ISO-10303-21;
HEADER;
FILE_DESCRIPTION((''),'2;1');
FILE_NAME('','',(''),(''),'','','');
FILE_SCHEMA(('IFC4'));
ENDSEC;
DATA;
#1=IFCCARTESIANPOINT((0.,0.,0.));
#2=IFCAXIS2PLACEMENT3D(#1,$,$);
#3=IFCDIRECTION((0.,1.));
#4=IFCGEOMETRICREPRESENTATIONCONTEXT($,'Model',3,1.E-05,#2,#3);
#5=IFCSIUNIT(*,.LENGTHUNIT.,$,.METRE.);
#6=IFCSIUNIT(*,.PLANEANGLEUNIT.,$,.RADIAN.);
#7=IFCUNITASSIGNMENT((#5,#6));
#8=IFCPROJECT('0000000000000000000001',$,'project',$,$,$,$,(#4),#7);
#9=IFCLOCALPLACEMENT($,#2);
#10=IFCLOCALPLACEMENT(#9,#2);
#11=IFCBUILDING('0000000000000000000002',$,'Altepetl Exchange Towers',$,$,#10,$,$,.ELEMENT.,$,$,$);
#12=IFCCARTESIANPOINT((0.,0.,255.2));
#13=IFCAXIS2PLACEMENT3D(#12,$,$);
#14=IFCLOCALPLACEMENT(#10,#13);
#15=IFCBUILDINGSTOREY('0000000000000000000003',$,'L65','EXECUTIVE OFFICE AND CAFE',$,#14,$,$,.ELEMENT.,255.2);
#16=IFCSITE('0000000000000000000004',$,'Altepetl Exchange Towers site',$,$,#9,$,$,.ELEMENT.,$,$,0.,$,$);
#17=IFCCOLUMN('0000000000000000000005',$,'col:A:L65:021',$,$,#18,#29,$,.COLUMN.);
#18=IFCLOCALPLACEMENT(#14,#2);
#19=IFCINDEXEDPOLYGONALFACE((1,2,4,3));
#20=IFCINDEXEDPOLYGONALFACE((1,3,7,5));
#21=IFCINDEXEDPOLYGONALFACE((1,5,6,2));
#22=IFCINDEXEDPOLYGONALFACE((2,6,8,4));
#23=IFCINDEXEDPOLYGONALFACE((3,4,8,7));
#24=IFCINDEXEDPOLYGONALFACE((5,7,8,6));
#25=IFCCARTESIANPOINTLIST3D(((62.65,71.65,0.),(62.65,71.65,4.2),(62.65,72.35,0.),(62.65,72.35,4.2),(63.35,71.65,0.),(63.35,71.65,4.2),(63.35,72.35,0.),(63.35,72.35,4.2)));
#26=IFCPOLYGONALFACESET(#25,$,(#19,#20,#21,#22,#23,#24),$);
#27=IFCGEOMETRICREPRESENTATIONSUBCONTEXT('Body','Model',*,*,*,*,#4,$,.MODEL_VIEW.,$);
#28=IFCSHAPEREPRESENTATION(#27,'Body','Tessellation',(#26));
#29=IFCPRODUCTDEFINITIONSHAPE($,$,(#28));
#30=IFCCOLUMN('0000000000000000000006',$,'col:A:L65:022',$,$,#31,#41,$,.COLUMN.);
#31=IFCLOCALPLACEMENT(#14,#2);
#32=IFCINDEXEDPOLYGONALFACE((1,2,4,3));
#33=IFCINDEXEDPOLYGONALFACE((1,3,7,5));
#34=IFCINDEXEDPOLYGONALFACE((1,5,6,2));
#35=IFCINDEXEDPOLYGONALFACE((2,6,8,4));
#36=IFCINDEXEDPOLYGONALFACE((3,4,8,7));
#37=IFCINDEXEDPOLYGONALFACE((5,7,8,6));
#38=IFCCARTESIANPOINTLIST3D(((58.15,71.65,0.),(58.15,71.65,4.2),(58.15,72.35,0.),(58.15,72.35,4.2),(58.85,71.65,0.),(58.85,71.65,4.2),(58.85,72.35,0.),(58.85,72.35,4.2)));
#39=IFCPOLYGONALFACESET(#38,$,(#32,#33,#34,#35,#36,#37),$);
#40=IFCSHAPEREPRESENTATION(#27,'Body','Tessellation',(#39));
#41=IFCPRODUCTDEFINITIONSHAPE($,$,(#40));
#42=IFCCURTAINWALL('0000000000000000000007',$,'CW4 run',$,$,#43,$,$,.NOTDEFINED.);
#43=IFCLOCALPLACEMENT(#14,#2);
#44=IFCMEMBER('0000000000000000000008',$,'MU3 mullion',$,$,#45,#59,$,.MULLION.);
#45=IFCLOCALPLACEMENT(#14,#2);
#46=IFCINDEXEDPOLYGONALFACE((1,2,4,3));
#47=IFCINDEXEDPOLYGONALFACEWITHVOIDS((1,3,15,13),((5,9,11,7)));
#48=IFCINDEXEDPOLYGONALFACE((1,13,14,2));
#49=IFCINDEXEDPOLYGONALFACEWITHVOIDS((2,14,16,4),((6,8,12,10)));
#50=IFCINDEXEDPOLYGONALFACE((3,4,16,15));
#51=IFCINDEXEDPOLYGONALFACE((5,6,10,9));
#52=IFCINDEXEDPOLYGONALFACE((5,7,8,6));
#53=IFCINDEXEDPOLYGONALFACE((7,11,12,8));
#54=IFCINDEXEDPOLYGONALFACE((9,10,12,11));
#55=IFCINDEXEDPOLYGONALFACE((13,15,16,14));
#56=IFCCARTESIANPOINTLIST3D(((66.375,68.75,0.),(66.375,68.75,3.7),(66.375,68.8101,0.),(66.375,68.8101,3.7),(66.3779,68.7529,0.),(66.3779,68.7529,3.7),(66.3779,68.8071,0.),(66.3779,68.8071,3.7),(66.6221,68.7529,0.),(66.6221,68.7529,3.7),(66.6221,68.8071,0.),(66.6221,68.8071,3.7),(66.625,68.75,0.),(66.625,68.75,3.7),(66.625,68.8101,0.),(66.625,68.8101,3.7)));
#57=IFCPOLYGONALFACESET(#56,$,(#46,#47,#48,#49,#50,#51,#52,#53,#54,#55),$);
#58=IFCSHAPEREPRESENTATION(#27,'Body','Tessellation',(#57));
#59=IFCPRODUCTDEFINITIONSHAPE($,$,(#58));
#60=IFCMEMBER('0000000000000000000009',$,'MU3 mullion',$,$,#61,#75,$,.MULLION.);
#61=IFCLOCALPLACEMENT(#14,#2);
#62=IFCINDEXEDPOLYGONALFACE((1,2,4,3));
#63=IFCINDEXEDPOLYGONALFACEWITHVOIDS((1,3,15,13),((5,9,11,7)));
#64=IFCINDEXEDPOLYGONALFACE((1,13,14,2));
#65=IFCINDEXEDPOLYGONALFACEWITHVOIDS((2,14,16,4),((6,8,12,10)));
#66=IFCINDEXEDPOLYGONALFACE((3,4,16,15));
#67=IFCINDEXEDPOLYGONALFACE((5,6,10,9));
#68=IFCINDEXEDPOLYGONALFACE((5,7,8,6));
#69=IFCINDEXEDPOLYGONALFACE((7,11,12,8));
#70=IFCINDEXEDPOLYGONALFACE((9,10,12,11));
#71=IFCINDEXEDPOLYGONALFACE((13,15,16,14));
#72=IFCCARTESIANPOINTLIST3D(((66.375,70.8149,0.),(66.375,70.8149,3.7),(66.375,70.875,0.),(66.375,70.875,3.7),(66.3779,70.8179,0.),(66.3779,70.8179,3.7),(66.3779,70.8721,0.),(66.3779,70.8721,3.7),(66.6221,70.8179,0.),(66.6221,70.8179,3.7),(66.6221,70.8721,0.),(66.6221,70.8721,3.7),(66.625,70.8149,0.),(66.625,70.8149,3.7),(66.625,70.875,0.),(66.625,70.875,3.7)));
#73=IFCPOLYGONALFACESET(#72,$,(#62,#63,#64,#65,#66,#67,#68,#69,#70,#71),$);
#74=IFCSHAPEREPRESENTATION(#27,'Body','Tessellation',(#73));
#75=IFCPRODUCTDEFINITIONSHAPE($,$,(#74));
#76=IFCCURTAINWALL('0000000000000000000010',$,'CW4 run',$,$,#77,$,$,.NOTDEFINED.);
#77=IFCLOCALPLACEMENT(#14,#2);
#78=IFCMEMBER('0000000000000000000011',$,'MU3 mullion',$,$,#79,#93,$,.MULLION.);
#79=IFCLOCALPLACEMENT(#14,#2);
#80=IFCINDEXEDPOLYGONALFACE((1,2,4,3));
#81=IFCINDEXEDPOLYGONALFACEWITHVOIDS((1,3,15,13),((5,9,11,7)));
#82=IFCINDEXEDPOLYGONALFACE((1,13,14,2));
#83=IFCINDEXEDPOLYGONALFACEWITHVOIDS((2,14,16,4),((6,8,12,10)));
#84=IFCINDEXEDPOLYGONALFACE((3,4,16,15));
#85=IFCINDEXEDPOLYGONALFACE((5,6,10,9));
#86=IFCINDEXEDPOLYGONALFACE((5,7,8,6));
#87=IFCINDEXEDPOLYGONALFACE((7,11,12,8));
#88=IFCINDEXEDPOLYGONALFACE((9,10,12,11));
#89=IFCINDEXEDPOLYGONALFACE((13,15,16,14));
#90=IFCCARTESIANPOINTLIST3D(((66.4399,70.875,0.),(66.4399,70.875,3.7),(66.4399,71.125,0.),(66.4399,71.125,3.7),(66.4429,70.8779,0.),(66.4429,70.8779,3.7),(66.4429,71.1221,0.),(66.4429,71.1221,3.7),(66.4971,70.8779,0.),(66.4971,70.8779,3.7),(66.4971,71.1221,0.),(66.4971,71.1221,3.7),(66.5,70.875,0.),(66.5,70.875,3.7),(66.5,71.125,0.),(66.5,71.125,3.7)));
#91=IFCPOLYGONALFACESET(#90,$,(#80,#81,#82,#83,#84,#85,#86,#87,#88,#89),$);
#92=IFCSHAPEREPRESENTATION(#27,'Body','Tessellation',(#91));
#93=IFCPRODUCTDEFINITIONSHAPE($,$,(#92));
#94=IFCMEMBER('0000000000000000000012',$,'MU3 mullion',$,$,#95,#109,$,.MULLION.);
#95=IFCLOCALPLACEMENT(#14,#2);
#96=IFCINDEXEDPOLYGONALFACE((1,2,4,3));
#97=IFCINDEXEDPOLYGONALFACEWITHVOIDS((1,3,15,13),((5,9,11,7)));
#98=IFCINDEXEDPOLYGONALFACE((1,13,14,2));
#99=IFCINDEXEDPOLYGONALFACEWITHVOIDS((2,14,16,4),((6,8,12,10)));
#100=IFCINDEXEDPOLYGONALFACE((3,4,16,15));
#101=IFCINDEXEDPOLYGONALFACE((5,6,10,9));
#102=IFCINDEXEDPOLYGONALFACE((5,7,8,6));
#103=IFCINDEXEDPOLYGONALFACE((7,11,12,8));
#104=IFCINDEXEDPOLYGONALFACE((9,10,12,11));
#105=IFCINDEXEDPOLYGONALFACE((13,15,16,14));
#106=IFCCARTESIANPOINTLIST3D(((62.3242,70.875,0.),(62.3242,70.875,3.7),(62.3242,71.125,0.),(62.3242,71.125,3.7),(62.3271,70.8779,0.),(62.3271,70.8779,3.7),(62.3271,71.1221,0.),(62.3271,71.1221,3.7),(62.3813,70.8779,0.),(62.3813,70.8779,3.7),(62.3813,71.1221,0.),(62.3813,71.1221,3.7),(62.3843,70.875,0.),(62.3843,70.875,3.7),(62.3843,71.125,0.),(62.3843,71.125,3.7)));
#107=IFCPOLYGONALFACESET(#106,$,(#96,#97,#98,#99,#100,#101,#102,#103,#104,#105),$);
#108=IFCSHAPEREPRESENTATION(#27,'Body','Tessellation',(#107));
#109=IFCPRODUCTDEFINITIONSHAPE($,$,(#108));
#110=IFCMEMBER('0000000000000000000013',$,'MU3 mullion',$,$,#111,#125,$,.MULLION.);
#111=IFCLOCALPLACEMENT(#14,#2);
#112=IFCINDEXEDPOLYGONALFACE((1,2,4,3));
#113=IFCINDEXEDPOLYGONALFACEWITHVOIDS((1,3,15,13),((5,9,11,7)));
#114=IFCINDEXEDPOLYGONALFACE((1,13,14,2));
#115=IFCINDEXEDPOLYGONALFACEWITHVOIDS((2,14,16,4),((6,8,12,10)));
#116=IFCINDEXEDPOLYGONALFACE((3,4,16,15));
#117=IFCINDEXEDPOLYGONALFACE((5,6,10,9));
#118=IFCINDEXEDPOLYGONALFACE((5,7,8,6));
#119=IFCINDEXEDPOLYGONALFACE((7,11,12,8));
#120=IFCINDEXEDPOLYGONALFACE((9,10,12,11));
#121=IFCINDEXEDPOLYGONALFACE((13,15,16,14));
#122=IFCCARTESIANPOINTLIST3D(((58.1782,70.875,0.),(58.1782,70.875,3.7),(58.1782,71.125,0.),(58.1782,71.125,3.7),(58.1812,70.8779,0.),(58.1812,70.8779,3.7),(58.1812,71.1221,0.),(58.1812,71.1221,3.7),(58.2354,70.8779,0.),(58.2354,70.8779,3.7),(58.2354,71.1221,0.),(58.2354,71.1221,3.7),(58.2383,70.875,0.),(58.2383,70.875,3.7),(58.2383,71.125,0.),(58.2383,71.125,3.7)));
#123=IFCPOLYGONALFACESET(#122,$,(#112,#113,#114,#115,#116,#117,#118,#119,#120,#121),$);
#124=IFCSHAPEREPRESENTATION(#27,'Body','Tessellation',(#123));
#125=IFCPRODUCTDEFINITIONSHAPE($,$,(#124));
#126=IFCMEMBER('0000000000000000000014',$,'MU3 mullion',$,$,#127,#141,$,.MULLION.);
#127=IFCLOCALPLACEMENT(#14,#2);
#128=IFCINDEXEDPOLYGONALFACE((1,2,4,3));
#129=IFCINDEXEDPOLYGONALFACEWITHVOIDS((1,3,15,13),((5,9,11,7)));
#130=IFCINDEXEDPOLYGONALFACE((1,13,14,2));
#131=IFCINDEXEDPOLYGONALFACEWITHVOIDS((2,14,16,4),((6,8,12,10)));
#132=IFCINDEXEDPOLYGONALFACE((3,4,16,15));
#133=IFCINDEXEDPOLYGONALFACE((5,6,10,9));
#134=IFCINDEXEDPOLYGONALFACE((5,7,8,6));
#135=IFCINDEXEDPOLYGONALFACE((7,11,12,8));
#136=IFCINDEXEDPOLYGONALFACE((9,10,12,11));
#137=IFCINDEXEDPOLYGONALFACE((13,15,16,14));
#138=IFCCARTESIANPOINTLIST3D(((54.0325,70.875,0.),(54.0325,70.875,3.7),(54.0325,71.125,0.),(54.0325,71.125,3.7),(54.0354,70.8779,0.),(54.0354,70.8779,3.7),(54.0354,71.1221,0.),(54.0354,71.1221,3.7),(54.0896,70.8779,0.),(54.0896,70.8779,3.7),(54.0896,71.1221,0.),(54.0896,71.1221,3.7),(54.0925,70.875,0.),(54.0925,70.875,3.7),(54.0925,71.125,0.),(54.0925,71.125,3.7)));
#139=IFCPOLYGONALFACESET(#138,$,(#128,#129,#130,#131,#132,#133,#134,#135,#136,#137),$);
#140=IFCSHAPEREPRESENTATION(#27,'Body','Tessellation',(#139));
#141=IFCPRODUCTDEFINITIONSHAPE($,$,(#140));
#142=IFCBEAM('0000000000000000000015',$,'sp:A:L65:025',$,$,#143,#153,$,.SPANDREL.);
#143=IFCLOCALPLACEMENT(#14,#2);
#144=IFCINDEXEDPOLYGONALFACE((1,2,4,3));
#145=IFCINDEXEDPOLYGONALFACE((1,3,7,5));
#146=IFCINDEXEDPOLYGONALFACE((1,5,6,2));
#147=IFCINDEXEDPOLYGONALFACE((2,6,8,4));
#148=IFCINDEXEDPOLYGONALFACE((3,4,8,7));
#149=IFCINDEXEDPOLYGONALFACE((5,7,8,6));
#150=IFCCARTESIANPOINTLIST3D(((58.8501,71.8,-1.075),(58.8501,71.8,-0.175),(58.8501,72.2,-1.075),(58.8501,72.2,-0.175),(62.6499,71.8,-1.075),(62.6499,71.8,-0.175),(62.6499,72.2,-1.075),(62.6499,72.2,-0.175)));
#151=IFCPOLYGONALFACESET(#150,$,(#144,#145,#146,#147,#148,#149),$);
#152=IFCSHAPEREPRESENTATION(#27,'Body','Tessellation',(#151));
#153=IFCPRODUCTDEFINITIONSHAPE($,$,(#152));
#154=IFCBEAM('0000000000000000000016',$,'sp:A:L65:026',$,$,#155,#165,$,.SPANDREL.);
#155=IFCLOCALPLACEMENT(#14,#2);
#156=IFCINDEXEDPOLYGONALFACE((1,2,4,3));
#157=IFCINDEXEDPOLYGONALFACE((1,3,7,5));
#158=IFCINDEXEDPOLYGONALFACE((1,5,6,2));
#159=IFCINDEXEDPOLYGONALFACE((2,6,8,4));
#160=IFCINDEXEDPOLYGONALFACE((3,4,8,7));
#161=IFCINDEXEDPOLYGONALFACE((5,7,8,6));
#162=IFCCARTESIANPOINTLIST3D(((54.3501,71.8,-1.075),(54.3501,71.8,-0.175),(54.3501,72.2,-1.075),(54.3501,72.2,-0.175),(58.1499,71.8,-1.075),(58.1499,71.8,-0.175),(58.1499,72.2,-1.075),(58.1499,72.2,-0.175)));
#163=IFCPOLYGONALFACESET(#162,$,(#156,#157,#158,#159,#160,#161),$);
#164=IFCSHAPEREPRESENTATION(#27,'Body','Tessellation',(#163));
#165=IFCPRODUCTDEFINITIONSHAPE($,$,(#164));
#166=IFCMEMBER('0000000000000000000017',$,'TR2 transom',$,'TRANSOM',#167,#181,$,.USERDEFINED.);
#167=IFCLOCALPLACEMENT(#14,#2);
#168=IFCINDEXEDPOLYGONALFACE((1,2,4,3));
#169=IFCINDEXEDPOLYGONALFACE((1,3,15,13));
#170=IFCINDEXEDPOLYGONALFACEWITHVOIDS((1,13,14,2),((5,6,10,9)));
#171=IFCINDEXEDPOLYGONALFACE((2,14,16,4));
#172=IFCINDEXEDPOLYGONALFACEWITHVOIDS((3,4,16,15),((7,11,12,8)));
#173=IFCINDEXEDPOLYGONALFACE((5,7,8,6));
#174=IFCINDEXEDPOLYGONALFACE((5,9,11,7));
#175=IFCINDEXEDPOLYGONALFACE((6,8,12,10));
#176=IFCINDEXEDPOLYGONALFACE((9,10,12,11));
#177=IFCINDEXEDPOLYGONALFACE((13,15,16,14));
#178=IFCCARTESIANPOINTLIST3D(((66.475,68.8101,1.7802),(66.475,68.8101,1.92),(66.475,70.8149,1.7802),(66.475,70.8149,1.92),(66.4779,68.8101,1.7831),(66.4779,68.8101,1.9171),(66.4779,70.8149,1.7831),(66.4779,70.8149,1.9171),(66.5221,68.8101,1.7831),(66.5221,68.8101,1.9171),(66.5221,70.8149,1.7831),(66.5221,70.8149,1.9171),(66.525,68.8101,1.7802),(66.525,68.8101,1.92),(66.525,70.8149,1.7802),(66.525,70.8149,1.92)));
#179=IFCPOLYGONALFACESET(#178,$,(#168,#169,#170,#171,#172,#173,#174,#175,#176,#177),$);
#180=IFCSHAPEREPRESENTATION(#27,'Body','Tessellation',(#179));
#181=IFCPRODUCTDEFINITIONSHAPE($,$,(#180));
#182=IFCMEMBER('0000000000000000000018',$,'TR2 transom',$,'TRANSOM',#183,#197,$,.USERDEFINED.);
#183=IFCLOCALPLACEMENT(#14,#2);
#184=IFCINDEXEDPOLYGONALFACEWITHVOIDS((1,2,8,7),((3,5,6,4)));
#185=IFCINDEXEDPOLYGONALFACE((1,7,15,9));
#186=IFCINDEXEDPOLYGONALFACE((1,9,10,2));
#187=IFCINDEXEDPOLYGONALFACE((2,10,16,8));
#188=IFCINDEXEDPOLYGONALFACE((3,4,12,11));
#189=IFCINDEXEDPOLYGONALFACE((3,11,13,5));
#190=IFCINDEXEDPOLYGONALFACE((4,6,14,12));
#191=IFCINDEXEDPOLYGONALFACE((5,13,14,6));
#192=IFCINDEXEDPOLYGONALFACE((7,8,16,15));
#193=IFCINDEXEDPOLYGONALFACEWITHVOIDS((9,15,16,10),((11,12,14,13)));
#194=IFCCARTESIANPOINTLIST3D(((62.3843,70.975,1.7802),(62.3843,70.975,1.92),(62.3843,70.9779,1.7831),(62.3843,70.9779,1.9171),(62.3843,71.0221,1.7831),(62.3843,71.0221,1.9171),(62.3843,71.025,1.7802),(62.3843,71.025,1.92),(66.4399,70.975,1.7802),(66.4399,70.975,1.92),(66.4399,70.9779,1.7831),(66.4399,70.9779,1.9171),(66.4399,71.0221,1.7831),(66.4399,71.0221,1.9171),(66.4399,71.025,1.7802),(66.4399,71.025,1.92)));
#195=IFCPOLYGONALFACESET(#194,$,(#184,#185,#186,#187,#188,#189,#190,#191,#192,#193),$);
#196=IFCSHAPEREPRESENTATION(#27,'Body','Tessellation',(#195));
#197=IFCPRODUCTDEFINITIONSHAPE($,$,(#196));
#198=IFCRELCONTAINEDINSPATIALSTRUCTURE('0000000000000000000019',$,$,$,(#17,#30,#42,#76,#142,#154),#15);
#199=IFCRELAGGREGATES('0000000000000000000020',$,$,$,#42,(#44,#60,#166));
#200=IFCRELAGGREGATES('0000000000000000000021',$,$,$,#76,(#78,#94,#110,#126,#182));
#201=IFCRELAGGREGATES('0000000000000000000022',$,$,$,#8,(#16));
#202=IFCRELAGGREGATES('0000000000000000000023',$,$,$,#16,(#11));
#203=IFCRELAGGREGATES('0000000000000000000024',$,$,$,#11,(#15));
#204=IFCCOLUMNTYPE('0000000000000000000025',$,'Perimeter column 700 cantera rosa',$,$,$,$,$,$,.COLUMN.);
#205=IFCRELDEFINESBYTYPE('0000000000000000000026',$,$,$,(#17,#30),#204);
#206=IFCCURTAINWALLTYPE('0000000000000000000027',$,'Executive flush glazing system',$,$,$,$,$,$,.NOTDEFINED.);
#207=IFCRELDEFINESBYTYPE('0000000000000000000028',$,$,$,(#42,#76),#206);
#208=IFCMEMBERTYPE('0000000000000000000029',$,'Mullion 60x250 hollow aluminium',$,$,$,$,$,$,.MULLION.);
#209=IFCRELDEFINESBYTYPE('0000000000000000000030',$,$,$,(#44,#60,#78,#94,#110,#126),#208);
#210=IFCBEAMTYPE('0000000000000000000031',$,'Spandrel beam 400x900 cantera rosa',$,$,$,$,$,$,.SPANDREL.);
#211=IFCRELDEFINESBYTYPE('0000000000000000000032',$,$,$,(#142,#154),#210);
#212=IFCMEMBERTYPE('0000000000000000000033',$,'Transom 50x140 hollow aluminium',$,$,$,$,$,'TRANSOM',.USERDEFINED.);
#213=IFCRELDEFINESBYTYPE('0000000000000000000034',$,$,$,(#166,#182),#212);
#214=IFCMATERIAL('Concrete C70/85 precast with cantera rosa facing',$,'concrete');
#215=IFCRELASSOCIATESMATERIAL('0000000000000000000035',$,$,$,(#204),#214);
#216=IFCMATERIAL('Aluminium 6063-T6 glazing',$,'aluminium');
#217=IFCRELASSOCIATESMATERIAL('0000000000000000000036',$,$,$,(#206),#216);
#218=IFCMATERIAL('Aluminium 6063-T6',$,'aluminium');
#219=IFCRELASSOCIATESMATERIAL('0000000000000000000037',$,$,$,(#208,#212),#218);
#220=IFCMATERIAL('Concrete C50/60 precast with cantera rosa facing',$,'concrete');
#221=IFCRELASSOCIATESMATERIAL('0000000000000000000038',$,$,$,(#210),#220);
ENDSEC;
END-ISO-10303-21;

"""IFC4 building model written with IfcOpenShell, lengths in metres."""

from ifc_helpers import new_model, si_unit, direction, frame, origin, origin_2d, place, context, subcontext, project, spatial, rectangle, hollow_rectangle, extrude, material, material_profile, profile_set, type_object, element, aggregate, save


model = new_model("IFC4")

# Units and contexts
model_context = context("Model", 3, precision=1e-05, world=origin(), true_north=direction((0.0, 1.0)))
body_context = subcontext(model_context, "Body", "Model", "MODEL_VIEW")
ifc_project = project(units=[si_unit("LENGTHUNIT", "METRE"), si_unit("PLANEANGLEUNIT", "RADIAN")], contexts=[model_context])

# Site, building, storey
site_placement = place(None, origin())
site = spatial("IfcSite", under=ifc_project, at=site_placement, Name="Altepetl Exchange Towers site", CompositionType="ELEMENT", RefElevation=0.0)
building_placement = place(site_placement, origin())
building = spatial("IfcBuilding", under=site, at=building_placement, Name="Altepetl Exchange Towers", CompositionType="ELEMENT")
storey_placement = place(building_placement, frame((0.0, 0.0, 255.2)))
storey = spatial("IfcBuildingStorey", under=building, at=storey_placement, Name="L65", Description="EXECUTIVE OFFICE AND CAFE", CompositionType="ELEMENT", Elevation=255.2)

# Columns
ifc_material_1 = material(Name="Concrete C70/85 precast with cantera rosa facing", Category="concrete")
ifc_material_profile_1 = material_profile(ifc_material_1, rectangle(XDim=0.7, YDim=0.7, at=origin_2d()), Name="700 x 700")
ifc_profile_set_1 = profile_set([ifc_material_profile_1], Name="Concrete C70/85 precast with cantera rosa facing")
column_type = type_object("IfcColumnType", Name="Perimeter column 700 cantera rosa", PredefinedType="COLUMN", material=ifc_profile_set_1)
for number, where, name in (
    (1, (63.0, 72.0, 0.0), "col:A:L65:021"),
    (2, (58.5, 72.0, 0.0), "col:A:L65:022"),
):
    element("IfcColumn", number, at=place(storey_placement, frame(where)), inside=storey, type_object=column_type, Name=name, PredefinedType="COLUMN", context=body_context, shape_type="SweptSolid", body=[
        extrude(rectangle(XDim=0.7, YDim=0.7, at=origin_2d()), origin(), (0.0, 0.0, 1.0), 4.2),
    ])

# Curtain walls, members
ifc_material_2 = material(Name="Aluminium 6063-T6 glazing", Category="aluminium")
curtain_wall_type = type_object("IfcCurtainWallType", Name="Executive flush glazing system", PredefinedType="NOTDEFINED", material=ifc_material_2)
curtain_wall_1_placement = place(storey_placement, origin())
curtain_wall_1 = element("IfcCurtainWall", 3, at=curtain_wall_1_placement, inside=storey, type_object=curtain_wall_type, Name="CW4 run", PredefinedType="NOTDEFINED")
ifc_material_3 = material(Name="Aluminium 6063-T6", Category="aluminium")
ifc_material_profile_2 = material_profile(ifc_material_3, hollow_rectangle(XDim=0.0601, YDim=0.25, WallThickness=0.0029, at=origin_2d()), Name="Mullion 60x250 hollow aluminium")
ifc_profile_set_2 = profile_set([ifc_material_profile_2], Name="Aluminium 6063-T6")
member_type_1 = type_object("IfcMemberType", Name="Mullion 60x250 hollow aluminium", PredefinedType="MULLION", material=ifc_profile_set_2)
member_1_placement = place(storey_placement, frame((66.5, 68.78, 0.0), z_axis=(0.0, 0.0, 1.0), x_axis=(0.0, 1.0, 0.0)))
member_1 = element("IfcMember", 4, at=member_1_placement, type_object=member_type_1, Name="MU3 mullion", PredefinedType="MULLION", context=body_context, shape_type="SweptSolid", body=[
    extrude(hollow_rectangle(XDim=0.0601, YDim=0.25, WallThickness=0.0029, at=origin_2d()), origin(), (0.0, 0.0, 1.0), 3.7),
])
member_2_placement = place(storey_placement, frame((66.5, 70.845, 0.0), z_axis=(0.0, 0.0, 1.0), x_axis=(0.0, 1.0, 0.0)))
member_2 = element("IfcMember", 5, at=member_2_placement, type_object=member_type_1, Name="MU3 mullion", PredefinedType="MULLION", context=body_context, shape_type="SweptSolid", body=[
    extrude(hollow_rectangle(XDim=0.0601, YDim=0.25, WallThickness=0.0029, at=origin_2d()), origin(), (0.0, 0.0, 1.0), 3.7),
])
curtain_wall_2_placement = place(storey_placement, origin())
curtain_wall_2 = element("IfcCurtainWall", 6, at=curtain_wall_2_placement, inside=storey, type_object=curtain_wall_type, Name="CW4 run", PredefinedType="NOTDEFINED")
member_3_placement = place(storey_placement, frame((66.47, 71.0, 0.0), z_axis=(0.0, 0.0, 1.0), x_axis=(-1.0, 0.0, 0.0)))
member_3 = element("IfcMember", 7, at=member_3_placement, type_object=member_type_1, Name="MU3 mullion", PredefinedType="MULLION", context=body_context, shape_type="SweptSolid", body=[
    extrude(hollow_rectangle(XDim=0.0601, YDim=0.25, WallThickness=0.0029, at=origin_2d()), origin(), (0.0, 0.0, 1.0), 3.7),
])
member_4_placement = place(storey_placement, frame((62.3542, 71.0, 0.0), z_axis=(0.0, 0.0, 1.0), x_axis=(-1.0, 0.0, 0.0)))
member_4 = element("IfcMember", 8, at=member_4_placement, type_object=member_type_1, Name="MU3 mullion", PredefinedType="MULLION", context=body_context, shape_type="SweptSolid", body=[
    extrude(hollow_rectangle(XDim=0.0601, YDim=0.25, WallThickness=0.0029, at=origin_2d()), origin(), (0.0, 0.0, 1.0), 3.7),
])
member_5_placement = place(storey_placement, frame((58.2083, 71.0, 0.0), z_axis=(0.0, 0.0, 1.0), x_axis=(-1.0, 0.0, 0.0)))
member_5 = element("IfcMember", 9, at=member_5_placement, type_object=member_type_1, Name="MU3 mullion", PredefinedType="MULLION", context=body_context, shape_type="SweptSolid", body=[
    extrude(hollow_rectangle(XDim=0.0601, YDim=0.25, WallThickness=0.0029, at=origin_2d()), origin(), (0.0, 0.0, 1.0), 3.7),
])
member_6_placement = place(storey_placement, frame((54.0625, 71.0, 0.0), z_axis=(0.0, 0.0, 1.0), x_axis=(-1.0, 0.0, 0.0)))
member_6 = element("IfcMember", 10, at=member_6_placement, type_object=member_type_1, Name="MU3 mullion", PredefinedType="MULLION", context=body_context, shape_type="SweptSolid", body=[
    extrude(hollow_rectangle(XDim=0.0601, YDim=0.25, WallThickness=0.0029, at=origin_2d()), origin(), (0.0, 0.0, 1.0), 3.7),
])

# Beams
ifc_material_4 = material(Name="Concrete C50/60 precast with cantera rosa facing", Category="concrete")
ifc_material_profile_3 = material_profile(ifc_material_4, rectangle(XDim=0.3999, YDim=0.8999, at=origin_2d()), Name="400 x 900")
ifc_profile_set_3 = profile_set([ifc_material_profile_3], Name="Concrete C50/60 precast with cantera rosa facing")
beam_type = type_object("IfcBeamType", Name="Spandrel beam 400x900 cantera rosa", PredefinedType="SPANDREL", material=ifc_profile_set_3)
for number, where, z_axis, x_axis, name in (
    (11, (62.6499, 72.0, -0.625), (-1.0, 0.0, 0.0), (0.0, -1.0, 0.0), "sp:A:L65:025"),
    (12, (58.1499, 72.0, -0.625), (-1.0, 0.0, 0.0), (0.0, -1.0, 0.0), "sp:A:L65:026"),
):
    element("IfcBeam", number, at=place(storey_placement, frame(where, z_axis=z_axis, x_axis=x_axis)), inside=storey, type_object=beam_type, Name=name, PredefinedType="SPANDREL", context=body_context, shape_type="SweptSolid", body=[
        extrude(rectangle(XDim=0.3999, YDim=0.8999, at=origin_2d()), origin(), (0.0, 0.0, 1.0), 3.7998),
    ])

# Members
ifc_material_profile_4 = material_profile(ifc_material_3, hollow_rectangle(XDim=0.05, YDim=0.1399, WallThickness=0.0029, at=origin_2d()), Name="Transom 50x140 hollow aluminium")
ifc_profile_set_4 = profile_set([ifc_material_profile_4], Name="Aluminium 6063-T6")
member_type_2 = type_object("IfcMemberType", Name="Transom 50x140 hollow aluminium", ElementType="TRANSOM", PredefinedType="USERDEFINED", material=ifc_profile_set_4)
member_7_placement = place(storey_placement, frame((66.5, 68.8101, 1.8501), z_axis=(0.0, 1.0, 0.0), x_axis=(-1.0, 0.0, 0.0)))
member_7 = element("IfcMember", 13, at=member_7_placement, type_object=member_type_2, Name="TR2 transom", ObjectType="TRANSOM", PredefinedType="USERDEFINED", context=body_context, shape_type="SweptSolid", body=[
    extrude(hollow_rectangle(XDim=0.05, YDim=0.1399, WallThickness=0.0029, at=origin_2d()), origin(), (0.0, 0.0, 1.0), 2.0049),
])
member_8_placement = place(storey_placement, frame((66.4399, 71.0, 1.8501), z_axis=(-1.0, 0.0, 0.0), x_axis=(0.0, -1.0, 0.0)))
member_8 = element("IfcMember", 14, at=member_8_placement, type_object=member_type_2, Name="TR2 transom", ObjectType="TRANSOM", PredefinedType="USERDEFINED", context=body_context, shape_type="SweptSolid", body=[
    extrude(hollow_rectangle(XDim=0.05, YDim=0.1399, WallThickness=0.0029, at=origin_2d()), origin(), (0.0, 0.0, 1.0), 4.0557),
])

aggregate(curtain_wall_1, [member_1, member_2, member_7])
aggregate(curtain_wall_2, [member_3, member_4, member_5, member_6, member_8])

save(model, "model.ifc")
